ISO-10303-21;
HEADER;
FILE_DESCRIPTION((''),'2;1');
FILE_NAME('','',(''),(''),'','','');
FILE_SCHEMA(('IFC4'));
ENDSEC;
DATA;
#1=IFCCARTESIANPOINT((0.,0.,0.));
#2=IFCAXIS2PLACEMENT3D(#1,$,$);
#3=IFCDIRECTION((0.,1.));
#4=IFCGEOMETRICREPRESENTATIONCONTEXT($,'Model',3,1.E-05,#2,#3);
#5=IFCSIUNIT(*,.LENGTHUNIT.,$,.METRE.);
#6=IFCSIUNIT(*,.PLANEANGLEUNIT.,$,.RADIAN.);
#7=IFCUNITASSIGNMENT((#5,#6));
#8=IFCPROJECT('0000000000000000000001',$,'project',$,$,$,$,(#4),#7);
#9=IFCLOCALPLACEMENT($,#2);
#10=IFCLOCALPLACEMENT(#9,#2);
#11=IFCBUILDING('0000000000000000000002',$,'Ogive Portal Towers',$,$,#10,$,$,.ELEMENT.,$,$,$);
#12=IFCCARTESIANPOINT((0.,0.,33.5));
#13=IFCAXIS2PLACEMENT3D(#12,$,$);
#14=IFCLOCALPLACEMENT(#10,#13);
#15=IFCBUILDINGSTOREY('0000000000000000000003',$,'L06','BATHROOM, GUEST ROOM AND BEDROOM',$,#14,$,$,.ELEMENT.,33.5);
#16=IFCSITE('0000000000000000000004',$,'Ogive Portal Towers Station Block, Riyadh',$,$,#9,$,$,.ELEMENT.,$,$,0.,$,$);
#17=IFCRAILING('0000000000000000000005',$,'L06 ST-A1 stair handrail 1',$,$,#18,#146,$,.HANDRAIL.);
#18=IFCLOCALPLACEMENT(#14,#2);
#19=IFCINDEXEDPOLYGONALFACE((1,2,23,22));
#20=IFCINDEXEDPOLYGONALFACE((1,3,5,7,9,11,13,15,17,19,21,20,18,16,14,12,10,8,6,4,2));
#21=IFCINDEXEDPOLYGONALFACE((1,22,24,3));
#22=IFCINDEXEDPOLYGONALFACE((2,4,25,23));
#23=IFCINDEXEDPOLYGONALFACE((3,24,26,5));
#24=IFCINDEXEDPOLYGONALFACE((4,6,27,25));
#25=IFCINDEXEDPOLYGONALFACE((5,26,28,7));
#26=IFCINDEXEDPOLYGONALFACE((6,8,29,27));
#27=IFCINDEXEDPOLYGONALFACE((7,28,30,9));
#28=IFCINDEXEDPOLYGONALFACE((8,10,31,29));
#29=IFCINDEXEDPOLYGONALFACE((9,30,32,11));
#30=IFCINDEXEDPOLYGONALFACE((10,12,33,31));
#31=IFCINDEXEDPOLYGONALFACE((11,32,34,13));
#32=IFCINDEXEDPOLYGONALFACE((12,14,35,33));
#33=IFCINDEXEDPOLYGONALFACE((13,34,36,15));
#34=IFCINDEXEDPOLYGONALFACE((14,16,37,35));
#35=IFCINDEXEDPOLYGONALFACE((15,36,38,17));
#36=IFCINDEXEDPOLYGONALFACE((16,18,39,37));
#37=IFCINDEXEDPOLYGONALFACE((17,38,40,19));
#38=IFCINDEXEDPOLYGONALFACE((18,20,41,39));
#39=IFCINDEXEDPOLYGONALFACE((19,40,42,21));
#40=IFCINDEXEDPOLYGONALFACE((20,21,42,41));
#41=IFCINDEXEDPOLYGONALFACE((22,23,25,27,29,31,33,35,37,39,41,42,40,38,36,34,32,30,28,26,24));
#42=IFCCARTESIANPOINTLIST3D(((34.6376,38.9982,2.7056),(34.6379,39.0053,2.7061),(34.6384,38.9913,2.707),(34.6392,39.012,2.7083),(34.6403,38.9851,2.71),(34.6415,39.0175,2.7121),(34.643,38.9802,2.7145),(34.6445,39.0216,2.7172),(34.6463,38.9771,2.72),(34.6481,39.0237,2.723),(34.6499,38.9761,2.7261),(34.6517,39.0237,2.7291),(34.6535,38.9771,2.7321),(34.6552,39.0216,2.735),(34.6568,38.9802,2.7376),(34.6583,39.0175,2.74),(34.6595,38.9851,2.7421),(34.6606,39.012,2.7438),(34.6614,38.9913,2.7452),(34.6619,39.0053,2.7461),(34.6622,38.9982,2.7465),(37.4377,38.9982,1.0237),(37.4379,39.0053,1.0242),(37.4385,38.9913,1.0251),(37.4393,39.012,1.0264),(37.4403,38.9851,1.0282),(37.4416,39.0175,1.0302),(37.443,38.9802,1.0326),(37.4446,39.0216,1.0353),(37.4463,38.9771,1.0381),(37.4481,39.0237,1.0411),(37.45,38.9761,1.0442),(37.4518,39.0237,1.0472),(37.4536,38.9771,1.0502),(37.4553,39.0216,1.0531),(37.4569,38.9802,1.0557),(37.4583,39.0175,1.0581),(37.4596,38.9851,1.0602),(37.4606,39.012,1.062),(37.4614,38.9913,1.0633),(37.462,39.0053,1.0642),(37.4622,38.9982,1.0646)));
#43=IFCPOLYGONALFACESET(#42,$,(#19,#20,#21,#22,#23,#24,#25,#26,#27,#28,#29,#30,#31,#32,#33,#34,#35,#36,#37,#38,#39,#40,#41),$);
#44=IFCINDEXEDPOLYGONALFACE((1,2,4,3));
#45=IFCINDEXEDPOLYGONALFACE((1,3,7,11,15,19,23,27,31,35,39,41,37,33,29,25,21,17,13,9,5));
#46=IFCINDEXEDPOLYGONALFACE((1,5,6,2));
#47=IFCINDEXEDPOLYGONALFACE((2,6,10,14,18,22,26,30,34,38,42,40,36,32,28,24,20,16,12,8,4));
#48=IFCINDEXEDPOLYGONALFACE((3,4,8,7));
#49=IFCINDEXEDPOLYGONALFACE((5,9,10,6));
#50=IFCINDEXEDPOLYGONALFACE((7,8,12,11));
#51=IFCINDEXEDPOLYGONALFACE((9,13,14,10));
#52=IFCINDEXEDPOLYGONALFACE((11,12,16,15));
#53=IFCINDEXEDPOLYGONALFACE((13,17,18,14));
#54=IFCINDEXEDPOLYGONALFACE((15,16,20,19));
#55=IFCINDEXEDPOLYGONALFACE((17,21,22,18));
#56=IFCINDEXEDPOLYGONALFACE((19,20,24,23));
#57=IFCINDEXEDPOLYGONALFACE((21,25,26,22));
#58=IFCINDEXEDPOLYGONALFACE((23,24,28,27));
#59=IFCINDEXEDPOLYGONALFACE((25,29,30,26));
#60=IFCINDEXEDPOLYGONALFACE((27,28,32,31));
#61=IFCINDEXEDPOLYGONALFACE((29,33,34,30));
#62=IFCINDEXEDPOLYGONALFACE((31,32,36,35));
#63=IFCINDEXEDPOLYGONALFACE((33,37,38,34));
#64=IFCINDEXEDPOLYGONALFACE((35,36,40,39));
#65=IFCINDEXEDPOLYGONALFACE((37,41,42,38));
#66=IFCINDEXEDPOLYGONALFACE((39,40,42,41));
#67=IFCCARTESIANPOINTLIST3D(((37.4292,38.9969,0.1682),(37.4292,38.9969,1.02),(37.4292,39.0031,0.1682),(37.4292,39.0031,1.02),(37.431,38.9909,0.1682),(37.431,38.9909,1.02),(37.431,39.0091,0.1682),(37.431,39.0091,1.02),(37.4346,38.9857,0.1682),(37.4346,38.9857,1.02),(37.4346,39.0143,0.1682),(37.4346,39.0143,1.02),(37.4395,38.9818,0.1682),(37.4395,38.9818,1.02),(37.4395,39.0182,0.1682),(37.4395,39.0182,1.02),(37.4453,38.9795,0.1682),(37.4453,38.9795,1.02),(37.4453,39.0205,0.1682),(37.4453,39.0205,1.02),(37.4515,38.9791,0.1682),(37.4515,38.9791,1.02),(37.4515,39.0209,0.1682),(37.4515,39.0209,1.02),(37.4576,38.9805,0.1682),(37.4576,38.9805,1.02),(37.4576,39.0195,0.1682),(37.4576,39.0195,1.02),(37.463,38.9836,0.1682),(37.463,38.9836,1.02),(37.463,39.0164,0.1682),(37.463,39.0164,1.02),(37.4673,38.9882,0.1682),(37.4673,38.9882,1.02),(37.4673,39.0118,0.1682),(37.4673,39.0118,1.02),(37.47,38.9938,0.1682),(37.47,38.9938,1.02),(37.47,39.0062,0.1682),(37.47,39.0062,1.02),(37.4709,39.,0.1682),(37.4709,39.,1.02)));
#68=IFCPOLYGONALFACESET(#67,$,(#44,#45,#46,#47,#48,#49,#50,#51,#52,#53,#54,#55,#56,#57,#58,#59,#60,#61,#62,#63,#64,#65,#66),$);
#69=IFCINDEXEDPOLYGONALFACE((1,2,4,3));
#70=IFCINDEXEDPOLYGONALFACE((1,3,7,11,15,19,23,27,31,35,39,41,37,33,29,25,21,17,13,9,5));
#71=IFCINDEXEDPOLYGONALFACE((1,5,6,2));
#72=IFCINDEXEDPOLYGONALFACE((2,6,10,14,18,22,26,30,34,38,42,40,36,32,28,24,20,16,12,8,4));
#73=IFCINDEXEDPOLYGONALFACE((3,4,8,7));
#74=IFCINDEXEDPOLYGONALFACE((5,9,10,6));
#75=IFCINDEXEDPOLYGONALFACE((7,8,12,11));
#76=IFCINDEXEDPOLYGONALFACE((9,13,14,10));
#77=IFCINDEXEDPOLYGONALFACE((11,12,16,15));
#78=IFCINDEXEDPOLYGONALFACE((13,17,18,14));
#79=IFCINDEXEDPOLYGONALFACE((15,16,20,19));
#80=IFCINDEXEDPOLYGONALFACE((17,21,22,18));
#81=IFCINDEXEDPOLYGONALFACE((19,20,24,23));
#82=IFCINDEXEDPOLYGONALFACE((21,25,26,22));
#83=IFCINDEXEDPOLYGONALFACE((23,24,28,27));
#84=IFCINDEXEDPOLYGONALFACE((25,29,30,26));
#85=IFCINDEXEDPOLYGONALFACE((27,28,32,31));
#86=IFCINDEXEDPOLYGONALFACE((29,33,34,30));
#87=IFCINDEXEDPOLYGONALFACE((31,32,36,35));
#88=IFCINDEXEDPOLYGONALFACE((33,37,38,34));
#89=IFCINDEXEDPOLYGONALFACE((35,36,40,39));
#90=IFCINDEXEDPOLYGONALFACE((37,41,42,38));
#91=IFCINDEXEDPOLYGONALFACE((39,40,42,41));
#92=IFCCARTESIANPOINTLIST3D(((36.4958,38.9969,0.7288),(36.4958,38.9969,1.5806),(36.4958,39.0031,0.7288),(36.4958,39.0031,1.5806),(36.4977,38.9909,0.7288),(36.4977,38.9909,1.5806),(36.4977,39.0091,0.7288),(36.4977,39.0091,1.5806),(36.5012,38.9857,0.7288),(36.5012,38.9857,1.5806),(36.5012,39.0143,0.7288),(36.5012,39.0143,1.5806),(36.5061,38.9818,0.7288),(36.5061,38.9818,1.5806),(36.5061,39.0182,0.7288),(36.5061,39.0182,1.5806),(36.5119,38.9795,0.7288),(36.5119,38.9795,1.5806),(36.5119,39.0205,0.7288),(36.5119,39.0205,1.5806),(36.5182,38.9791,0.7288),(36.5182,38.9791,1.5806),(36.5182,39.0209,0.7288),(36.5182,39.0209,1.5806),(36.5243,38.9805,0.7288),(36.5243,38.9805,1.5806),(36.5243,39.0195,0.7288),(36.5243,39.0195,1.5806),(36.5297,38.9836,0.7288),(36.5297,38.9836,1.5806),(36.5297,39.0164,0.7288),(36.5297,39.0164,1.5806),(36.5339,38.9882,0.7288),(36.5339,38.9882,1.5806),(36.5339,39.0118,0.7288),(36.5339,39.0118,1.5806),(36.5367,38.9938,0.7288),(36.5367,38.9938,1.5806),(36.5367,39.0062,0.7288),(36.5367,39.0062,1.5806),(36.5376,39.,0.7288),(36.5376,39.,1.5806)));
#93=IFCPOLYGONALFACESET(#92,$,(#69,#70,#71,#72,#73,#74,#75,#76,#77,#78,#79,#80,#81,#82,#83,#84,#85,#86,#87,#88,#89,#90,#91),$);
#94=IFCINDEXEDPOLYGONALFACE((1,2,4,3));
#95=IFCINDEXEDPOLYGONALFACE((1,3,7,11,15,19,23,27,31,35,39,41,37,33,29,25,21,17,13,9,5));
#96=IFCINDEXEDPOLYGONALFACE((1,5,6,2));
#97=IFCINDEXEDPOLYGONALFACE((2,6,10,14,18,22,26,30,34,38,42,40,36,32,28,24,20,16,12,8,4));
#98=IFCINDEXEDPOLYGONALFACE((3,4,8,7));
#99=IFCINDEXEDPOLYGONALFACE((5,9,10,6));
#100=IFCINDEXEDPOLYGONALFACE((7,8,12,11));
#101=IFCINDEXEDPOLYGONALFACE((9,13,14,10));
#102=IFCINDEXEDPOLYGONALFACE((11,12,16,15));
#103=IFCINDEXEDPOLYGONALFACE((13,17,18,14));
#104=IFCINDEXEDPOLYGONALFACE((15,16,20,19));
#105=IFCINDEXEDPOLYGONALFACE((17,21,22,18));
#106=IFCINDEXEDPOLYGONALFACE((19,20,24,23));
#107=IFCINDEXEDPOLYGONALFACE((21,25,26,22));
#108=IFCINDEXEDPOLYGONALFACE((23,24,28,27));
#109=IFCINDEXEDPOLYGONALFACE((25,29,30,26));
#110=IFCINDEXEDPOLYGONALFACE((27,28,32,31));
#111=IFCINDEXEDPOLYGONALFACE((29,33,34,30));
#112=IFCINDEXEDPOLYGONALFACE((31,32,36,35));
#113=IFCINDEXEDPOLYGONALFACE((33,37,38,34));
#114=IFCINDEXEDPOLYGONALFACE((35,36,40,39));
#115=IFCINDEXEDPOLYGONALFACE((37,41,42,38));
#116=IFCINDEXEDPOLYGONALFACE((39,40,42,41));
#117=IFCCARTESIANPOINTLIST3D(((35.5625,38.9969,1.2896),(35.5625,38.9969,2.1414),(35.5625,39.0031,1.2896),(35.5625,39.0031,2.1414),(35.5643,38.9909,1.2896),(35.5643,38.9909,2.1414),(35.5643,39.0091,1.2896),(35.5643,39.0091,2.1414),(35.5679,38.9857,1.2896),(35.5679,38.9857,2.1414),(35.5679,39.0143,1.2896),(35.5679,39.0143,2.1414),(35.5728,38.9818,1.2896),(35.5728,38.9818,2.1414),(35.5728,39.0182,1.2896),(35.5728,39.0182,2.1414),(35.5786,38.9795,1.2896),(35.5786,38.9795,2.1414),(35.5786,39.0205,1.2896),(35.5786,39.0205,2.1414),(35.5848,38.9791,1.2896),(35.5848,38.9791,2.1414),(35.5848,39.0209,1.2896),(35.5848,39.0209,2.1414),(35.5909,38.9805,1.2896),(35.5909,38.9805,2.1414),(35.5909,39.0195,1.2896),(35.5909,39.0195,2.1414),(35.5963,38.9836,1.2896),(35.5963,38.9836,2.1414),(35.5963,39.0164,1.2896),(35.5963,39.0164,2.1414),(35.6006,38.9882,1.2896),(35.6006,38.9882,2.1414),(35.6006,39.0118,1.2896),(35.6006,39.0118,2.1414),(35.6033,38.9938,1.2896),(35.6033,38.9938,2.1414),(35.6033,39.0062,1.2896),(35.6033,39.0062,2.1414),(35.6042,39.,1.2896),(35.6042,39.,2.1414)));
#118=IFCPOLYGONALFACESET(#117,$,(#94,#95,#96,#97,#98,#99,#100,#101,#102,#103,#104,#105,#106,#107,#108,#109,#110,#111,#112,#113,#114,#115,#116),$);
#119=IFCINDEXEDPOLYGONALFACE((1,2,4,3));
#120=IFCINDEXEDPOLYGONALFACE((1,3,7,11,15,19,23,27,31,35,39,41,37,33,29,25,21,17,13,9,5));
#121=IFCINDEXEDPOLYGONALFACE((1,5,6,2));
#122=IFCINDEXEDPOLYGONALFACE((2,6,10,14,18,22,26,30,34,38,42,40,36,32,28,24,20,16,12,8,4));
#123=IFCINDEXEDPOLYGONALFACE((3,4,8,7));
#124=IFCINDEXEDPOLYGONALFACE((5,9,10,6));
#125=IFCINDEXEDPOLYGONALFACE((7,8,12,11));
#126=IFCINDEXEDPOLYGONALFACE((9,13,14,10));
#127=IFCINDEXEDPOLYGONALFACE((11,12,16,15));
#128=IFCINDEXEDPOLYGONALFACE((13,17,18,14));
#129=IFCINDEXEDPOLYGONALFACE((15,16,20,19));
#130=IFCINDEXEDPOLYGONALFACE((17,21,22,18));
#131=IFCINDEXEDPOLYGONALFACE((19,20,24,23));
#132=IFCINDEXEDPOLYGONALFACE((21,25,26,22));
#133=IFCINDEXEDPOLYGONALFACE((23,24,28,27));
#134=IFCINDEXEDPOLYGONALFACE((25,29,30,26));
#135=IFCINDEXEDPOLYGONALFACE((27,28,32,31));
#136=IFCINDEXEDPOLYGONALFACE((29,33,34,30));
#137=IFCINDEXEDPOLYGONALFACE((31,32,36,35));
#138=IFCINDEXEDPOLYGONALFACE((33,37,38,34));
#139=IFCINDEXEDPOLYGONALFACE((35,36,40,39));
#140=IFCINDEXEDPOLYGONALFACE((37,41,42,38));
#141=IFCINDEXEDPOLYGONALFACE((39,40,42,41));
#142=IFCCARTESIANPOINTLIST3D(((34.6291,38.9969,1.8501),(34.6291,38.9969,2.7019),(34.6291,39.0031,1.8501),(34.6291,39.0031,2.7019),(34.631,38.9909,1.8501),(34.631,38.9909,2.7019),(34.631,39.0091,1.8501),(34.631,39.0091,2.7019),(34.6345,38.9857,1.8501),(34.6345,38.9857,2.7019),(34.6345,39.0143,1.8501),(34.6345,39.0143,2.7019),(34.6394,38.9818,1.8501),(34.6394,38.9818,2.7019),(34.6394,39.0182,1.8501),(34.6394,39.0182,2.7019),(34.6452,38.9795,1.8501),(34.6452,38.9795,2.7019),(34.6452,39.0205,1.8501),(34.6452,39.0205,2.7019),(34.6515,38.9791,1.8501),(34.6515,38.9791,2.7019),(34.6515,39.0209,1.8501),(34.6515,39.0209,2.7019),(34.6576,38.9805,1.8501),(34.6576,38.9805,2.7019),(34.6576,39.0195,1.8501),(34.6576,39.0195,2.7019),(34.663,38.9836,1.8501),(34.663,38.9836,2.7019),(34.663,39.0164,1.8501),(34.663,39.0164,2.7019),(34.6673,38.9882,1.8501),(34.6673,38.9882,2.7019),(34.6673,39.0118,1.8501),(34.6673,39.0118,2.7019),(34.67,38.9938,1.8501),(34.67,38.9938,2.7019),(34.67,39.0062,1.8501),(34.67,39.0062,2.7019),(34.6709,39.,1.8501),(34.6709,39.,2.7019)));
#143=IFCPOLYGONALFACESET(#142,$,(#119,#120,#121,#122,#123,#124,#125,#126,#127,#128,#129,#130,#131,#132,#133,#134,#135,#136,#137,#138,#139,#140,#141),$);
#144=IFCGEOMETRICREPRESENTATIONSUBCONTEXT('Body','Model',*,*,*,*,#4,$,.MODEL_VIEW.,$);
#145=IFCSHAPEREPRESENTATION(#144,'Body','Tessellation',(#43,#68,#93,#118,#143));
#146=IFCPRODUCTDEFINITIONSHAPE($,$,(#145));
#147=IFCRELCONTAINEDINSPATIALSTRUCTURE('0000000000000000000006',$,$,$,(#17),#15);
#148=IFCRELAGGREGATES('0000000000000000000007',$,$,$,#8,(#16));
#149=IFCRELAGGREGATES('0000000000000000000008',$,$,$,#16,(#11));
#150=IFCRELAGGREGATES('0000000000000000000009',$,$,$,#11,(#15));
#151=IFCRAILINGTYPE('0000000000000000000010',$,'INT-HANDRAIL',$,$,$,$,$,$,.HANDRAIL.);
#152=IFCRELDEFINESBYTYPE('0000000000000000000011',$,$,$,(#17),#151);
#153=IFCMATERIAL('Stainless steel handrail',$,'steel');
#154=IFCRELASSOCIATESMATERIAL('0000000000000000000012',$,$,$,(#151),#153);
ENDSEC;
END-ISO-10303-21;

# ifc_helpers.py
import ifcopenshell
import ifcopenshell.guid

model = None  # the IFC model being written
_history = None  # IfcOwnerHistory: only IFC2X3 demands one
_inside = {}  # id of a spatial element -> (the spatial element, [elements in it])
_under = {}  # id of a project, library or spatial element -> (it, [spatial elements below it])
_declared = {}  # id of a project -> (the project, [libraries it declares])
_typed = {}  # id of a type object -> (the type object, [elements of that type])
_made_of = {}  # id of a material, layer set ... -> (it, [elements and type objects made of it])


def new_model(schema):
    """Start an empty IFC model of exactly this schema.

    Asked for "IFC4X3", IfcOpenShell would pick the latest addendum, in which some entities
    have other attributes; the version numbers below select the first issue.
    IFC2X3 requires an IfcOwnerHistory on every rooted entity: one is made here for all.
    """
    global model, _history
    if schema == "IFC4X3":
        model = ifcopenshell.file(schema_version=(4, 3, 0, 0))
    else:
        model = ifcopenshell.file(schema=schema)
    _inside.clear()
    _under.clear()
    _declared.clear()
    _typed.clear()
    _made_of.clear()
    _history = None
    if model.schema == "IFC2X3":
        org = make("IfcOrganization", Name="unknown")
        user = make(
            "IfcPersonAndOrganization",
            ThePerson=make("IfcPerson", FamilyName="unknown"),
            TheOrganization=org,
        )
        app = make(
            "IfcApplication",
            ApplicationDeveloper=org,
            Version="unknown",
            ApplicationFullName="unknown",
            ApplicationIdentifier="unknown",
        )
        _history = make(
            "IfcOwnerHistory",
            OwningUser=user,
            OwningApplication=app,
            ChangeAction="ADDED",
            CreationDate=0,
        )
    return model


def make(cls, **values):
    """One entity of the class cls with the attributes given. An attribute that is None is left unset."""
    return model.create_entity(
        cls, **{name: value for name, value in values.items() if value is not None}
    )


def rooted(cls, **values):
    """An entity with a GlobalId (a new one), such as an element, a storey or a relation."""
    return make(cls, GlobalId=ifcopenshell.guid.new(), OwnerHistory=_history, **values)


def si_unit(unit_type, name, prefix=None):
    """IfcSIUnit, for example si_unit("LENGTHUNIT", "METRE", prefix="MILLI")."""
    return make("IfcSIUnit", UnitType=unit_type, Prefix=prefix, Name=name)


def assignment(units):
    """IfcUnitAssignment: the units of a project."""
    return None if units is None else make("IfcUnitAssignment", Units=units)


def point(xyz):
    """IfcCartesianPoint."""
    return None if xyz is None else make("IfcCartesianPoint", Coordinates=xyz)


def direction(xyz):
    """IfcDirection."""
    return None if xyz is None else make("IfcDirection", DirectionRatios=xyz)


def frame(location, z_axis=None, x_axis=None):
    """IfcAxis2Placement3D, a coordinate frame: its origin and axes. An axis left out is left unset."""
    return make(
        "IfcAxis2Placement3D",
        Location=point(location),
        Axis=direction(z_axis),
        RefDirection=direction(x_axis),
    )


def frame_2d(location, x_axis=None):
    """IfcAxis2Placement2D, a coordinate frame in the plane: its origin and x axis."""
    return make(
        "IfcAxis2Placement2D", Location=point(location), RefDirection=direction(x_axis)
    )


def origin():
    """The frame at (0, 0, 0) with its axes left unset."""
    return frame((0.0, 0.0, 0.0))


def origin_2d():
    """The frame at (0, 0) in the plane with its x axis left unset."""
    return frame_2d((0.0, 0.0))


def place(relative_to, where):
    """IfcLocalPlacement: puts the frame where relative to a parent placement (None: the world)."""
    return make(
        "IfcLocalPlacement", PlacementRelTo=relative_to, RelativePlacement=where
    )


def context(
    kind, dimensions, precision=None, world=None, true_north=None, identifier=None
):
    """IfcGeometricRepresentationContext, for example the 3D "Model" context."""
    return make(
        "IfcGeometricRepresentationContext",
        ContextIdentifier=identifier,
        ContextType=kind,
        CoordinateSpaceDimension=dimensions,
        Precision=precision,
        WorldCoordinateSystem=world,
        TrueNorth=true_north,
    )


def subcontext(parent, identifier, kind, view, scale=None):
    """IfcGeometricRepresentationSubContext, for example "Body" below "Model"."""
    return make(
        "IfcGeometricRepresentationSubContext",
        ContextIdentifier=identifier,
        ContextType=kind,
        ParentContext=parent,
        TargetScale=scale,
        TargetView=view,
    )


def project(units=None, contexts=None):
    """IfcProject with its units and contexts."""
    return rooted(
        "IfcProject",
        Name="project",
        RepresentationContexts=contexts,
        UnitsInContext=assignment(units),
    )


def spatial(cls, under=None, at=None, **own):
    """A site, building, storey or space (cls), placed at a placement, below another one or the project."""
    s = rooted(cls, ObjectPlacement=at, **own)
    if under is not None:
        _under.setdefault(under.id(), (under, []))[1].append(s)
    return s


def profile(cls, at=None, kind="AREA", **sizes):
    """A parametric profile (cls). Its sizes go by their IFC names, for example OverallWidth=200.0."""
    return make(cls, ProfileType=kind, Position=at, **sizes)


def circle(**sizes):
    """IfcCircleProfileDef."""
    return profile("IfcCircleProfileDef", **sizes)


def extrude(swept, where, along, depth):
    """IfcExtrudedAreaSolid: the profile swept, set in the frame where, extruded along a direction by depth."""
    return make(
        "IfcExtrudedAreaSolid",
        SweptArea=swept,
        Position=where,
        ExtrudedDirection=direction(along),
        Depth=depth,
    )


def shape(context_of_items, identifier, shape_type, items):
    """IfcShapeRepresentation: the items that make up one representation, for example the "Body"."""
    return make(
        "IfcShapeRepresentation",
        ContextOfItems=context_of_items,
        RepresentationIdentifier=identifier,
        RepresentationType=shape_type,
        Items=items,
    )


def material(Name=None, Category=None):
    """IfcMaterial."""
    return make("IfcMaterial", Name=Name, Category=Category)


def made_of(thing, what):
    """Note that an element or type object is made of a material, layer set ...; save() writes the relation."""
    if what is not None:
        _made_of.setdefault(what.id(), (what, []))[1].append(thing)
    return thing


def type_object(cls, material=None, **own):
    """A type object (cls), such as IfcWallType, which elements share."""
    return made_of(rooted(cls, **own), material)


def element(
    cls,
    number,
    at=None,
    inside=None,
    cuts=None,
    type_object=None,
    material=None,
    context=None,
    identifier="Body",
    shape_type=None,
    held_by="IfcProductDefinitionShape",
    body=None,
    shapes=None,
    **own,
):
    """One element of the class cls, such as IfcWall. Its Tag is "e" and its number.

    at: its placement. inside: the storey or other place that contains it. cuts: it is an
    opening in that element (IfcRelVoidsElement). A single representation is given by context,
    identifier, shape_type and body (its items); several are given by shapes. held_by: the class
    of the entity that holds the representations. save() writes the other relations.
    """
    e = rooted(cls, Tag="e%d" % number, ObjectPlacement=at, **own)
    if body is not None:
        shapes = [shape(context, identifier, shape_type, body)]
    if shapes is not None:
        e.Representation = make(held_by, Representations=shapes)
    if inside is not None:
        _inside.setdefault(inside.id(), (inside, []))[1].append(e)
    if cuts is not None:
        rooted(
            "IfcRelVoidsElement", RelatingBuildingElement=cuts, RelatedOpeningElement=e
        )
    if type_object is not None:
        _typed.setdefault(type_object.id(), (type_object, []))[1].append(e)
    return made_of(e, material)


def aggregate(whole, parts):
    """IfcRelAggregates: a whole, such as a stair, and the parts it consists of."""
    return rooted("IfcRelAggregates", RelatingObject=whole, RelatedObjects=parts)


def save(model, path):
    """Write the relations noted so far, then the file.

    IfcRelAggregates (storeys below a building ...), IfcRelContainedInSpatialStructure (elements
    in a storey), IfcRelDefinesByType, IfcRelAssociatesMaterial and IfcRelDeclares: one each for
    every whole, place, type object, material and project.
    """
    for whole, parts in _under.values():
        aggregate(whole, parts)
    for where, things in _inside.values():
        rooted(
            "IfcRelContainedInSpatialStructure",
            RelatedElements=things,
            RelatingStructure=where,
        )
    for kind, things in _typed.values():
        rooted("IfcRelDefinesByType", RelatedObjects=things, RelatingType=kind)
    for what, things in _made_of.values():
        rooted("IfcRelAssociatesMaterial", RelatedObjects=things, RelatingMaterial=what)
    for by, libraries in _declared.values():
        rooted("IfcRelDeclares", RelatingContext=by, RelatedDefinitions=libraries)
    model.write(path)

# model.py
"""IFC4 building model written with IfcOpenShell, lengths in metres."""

from ifc_helpers import new_model, si_unit, direction, frame, origin, origin_2d, place, context, subcontext, project, spatial, circle, extrude, material, type_object, element, save


model = new_model("IFC4")

# Units and contexts
model_context = context("Model", 3, precision=1e-05, world=origin(), true_north=direction((0.0, 1.0)))
body_context = subcontext(model_context, "Body", "Model", "MODEL_VIEW")
ifc_project = project(units=[si_unit("LENGTHUNIT", "METRE"), si_unit("PLANEANGLEUNIT", "RADIAN")], contexts=[model_context])

# Site, building, storey
site_placement = place(None, origin())
site = spatial("IfcSite", under=ifc_project, at=site_placement, Name="Ogive Portal Towers Station Block, Riyadh", CompositionType="ELEMENT", RefElevation=0.0)
building_placement = place(site_placement, origin())
building = spatial("IfcBuilding", under=site, at=building_placement, Name="Ogive Portal Towers", CompositionType="ELEMENT")
storey_placement = place(building_placement, frame((0.0, 0.0, 33.5)))
storey = spatial("IfcBuildingStorey", under=building, at=storey_placement, Name="L06", Description="BATHROOM, GUEST ROOM AND BEDROOM", CompositionType="ELEMENT", Elevation=33.5)

# Railing
ifc_material_1 = material(Name="Stainless steel handrail", Category="steel")
railing_type_1 = type_object("IfcRailingType", Name="INT-HANDRAIL", PredefinedType="HANDRAIL", material=ifc_material_1)
railing_1_placement = place(storey_placement, frame((37.45, 39.0, 0.1682)))
element("IfcRailing", 1, at=railing_1_placement, inside=storey, type_object=railing_type_1, Name="L06 ST-A1 stair handrail 1", PredefinedType="HANDRAIL", context=body_context, shape_type="SweptSolid", body=[
    extrude(circle(Radius=0.0239, at=origin_2d()), frame((0.0, 0.0, 0.876), z_axis=(-0.857242, 0.0, 0.514913), x_axis=(0.0, -1.0, 0.0)), (0.0, 0.0, 1.0), 3.2664),
    extrude(circle(Radius=0.021, at=origin_2d()), origin(), (0.0, 0.0, 1.0), 0.8518),
    extrude(circle(Radius=0.021, at=origin_2d()), frame((-0.9333, 0.0, 0.5605)), (0.0, 0.0, 1.0), 0.8518),
    extrude(circle(Radius=0.021, at=origin_2d()), frame((-1.8667, 0.0, 1.1213)), (0.0, 0.0, 1.0), 0.8518),
    extrude(circle(Radius=0.021, at=origin_2d()), frame((-2.8, 0.0, 1.6819)), (0.0, 0.0, 1.0), 0.8518),
])

save(model, "model.ifc")
